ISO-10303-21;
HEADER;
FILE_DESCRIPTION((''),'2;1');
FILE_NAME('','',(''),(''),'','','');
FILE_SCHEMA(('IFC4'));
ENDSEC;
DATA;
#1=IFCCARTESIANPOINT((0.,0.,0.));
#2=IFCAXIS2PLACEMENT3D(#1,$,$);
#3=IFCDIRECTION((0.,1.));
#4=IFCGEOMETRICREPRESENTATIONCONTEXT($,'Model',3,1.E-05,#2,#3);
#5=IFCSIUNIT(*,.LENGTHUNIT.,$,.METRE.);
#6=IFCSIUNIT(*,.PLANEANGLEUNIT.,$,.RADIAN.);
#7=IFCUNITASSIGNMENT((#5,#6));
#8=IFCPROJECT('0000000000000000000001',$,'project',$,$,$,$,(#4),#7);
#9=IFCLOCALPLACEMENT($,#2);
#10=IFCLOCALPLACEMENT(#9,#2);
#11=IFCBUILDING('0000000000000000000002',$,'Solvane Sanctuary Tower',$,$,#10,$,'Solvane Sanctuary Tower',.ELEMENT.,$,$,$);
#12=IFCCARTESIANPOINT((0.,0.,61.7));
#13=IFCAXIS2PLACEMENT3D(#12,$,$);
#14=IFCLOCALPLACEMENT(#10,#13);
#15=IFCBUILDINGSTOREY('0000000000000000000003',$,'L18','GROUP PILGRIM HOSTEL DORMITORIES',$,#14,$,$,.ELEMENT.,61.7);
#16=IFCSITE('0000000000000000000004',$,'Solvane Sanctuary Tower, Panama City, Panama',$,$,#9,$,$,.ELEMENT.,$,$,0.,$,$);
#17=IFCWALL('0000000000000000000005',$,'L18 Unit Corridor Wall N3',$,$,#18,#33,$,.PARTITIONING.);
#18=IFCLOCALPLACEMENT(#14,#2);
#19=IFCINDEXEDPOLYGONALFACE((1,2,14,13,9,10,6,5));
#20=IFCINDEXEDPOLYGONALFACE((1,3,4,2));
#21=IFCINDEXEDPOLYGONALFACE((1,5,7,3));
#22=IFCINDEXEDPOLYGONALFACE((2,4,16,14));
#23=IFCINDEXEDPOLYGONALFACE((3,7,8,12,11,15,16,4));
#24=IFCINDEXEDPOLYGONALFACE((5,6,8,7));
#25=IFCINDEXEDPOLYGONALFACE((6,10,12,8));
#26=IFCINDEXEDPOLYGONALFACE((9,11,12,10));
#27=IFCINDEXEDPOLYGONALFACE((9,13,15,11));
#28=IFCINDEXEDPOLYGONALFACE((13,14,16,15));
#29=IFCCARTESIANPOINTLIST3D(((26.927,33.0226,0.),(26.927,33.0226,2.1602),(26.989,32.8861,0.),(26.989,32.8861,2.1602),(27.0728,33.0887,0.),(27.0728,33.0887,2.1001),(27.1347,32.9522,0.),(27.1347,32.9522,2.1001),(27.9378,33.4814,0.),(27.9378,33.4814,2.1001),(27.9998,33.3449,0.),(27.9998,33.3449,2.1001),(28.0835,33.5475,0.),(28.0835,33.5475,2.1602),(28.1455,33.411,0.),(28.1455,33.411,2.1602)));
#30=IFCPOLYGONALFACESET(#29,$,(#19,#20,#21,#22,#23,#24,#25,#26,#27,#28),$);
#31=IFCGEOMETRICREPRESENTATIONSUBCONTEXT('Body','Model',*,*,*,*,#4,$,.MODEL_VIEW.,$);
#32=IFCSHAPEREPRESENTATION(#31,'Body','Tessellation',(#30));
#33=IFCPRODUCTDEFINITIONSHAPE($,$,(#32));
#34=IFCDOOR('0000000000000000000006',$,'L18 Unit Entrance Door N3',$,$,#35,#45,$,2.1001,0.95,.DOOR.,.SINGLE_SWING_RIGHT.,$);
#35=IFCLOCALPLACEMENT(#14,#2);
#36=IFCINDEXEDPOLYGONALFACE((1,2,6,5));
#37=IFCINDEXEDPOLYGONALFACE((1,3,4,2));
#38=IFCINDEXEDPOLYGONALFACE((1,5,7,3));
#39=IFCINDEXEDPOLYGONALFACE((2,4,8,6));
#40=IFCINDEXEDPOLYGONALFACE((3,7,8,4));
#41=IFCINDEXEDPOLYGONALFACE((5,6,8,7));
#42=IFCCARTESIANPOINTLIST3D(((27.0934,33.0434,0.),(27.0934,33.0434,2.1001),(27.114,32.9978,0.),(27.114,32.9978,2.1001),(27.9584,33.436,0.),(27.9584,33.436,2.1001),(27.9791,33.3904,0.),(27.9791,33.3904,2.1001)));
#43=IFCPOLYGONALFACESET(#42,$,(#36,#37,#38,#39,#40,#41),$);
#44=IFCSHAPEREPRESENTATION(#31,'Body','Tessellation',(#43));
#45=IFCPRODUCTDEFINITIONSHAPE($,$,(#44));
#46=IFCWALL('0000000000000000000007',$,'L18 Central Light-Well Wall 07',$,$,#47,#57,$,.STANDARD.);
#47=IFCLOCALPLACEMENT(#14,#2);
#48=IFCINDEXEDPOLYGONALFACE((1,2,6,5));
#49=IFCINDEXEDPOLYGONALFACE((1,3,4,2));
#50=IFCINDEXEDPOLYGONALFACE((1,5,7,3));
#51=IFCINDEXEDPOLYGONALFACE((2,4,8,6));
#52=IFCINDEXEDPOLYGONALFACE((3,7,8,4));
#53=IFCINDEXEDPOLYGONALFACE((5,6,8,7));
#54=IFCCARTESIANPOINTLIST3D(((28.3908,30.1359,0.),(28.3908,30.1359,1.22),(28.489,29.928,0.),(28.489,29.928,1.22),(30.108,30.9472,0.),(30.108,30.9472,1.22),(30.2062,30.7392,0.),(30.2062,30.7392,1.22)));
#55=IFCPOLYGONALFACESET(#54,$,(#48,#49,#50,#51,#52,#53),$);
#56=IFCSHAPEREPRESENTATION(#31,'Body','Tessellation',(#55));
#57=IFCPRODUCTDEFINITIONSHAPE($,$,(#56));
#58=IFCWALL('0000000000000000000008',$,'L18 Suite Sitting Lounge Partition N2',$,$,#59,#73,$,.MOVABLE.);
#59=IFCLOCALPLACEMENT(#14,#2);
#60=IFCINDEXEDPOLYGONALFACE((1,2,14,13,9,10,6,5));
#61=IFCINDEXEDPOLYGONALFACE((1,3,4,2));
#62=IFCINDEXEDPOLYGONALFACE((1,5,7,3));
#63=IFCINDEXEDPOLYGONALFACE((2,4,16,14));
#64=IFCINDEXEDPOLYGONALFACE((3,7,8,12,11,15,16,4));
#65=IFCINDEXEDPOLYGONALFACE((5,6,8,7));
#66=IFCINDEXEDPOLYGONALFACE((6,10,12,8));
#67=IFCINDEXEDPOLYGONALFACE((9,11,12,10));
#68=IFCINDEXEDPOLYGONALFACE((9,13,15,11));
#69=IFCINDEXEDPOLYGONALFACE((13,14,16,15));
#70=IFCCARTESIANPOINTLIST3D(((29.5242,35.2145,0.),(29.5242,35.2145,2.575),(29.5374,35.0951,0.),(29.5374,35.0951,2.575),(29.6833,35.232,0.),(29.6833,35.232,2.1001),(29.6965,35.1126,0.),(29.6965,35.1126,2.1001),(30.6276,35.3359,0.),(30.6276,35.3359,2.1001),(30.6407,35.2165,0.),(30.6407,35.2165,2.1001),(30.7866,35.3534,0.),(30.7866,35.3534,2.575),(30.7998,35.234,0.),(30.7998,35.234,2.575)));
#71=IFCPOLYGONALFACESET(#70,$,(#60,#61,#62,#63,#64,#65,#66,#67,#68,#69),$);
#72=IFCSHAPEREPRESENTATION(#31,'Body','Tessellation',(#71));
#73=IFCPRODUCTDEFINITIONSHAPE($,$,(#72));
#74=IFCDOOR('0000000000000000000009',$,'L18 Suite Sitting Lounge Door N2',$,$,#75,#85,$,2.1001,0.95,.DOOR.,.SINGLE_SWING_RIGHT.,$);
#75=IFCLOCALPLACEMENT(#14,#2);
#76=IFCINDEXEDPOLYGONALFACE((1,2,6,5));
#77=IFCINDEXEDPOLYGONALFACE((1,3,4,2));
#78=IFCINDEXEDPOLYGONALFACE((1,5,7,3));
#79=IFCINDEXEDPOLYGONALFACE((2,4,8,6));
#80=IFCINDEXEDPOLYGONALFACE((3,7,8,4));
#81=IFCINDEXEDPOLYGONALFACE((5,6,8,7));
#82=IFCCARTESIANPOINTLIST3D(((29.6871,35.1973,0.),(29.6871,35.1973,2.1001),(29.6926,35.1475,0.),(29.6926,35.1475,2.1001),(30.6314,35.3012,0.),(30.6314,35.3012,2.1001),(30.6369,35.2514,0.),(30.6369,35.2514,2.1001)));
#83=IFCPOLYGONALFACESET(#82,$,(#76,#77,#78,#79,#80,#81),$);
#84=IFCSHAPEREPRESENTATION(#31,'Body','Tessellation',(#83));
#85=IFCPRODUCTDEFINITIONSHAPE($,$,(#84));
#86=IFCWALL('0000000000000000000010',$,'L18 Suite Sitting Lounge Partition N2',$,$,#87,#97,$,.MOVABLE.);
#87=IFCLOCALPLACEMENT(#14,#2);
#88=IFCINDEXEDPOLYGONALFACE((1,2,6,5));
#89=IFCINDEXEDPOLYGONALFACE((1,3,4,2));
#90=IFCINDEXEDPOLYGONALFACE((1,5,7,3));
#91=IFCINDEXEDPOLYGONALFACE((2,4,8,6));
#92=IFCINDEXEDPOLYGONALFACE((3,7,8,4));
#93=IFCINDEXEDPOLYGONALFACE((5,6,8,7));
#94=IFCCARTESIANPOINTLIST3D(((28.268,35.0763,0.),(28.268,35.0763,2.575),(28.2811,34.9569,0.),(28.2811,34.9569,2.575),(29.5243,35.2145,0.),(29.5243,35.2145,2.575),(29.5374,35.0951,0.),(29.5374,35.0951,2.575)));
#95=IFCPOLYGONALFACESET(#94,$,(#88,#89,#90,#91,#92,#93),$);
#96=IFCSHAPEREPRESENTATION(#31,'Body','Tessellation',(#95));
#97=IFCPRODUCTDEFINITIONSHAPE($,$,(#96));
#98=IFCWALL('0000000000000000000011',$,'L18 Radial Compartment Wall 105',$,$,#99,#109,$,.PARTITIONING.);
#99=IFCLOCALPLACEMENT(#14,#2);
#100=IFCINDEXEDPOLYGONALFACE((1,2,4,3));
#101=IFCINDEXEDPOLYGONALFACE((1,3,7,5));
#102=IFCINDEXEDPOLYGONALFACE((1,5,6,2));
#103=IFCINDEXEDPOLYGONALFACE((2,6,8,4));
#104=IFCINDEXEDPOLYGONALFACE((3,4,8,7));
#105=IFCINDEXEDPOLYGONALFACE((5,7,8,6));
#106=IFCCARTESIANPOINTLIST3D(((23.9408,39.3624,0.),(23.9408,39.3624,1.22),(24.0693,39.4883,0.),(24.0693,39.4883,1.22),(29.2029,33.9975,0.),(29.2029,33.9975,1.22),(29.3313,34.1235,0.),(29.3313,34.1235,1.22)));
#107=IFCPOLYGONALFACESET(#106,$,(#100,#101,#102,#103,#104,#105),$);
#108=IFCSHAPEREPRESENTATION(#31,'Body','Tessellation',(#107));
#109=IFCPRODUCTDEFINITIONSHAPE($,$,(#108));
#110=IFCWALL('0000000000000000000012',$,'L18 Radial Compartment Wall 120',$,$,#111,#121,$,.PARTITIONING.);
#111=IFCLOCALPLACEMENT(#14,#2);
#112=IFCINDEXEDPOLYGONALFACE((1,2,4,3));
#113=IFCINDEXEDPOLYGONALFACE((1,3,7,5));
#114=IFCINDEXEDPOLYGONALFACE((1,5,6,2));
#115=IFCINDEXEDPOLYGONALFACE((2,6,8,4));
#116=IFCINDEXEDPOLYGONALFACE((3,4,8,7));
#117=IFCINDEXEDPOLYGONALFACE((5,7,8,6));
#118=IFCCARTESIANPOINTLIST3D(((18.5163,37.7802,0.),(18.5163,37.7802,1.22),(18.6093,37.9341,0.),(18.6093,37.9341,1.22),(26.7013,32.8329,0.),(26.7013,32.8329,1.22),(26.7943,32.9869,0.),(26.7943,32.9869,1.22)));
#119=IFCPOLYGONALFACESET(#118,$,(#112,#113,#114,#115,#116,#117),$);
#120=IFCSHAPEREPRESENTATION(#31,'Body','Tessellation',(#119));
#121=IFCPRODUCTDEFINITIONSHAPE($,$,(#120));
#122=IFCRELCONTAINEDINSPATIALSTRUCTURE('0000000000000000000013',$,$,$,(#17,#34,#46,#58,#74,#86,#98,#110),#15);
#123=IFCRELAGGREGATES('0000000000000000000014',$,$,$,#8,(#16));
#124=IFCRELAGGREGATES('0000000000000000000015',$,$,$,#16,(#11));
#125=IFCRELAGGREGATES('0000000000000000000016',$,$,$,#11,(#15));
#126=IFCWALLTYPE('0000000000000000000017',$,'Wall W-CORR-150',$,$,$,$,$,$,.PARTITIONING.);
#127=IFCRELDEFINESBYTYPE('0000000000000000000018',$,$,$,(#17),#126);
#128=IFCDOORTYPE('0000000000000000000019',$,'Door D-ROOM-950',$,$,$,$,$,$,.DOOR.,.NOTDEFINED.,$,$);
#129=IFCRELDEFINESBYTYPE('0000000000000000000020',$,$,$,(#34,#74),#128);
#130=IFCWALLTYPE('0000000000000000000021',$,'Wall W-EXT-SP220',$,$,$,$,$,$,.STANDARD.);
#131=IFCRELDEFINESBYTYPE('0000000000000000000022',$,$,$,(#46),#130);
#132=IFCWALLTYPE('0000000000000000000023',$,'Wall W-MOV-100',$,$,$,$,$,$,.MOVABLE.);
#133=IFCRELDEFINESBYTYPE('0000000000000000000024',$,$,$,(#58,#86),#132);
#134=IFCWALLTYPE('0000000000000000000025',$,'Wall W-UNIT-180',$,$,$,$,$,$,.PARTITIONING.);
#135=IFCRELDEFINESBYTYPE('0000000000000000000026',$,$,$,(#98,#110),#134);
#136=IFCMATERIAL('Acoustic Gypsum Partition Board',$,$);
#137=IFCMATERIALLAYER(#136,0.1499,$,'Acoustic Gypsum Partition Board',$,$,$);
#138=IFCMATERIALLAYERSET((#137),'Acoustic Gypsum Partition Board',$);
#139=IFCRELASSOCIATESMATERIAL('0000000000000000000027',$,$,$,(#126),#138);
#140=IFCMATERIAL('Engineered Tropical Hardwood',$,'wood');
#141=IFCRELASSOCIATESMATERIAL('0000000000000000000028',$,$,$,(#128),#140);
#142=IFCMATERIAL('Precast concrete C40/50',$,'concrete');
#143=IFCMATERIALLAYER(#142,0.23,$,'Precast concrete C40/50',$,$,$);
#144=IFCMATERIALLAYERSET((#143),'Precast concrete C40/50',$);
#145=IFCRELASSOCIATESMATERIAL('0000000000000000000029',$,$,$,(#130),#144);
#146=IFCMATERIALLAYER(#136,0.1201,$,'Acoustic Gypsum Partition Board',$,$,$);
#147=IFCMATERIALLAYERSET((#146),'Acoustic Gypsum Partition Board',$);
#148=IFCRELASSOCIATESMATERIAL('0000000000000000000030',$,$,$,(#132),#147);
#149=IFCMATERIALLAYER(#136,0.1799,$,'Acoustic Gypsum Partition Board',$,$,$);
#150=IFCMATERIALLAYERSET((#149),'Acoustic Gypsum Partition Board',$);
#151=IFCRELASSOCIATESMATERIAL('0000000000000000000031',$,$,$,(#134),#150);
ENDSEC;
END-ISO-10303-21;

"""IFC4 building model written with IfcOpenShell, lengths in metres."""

from ifc_helpers import new_model, si_unit, direction, frame, frame_2d, origin, place, context, subcontext, project, spatial, rectangle, extrude, material, layer, layer_set, type_object, element, fill, save


model = new_model("IFC4")

# Units and contexts
model_context = context("Model", 3, precision=1e-05, world=origin(), true_north=direction((0.0, 1.0)))
body_context = subcontext(model_context, "Body", "Model", "MODEL_VIEW")
ifc_project = project(units=[si_unit("LENGTHUNIT", "METRE"), si_unit("PLANEANGLEUNIT", "RADIAN")], contexts=[model_context])

# Site, building, storey
site_placement = place(None, origin())
site = spatial("IfcSite", under=ifc_project, at=site_placement, Name="Solvane Sanctuary Tower, Panama City, Panama", CompositionType="ELEMENT", RefElevation=0.0)
building_placement = place(site_placement, origin())
building = spatial("IfcBuilding", under=site, at=building_placement, Name="Solvane Sanctuary Tower", LongName="Solvane Sanctuary Tower", CompositionType="ELEMENT")
storey_placement = place(building_placement, frame((0.0, 0.0, 61.7)))
storey = spatial("IfcBuildingStorey", under=building, at=storey_placement, Name="L18", Description="GROUP PILGRIM HOSTEL DORMITORIES", CompositionType="ELEMENT", Elevation=61.7)

# Shared definitions
ifc_material_1 = material(Name="Acoustic Gypsum Partition Board")
ifc_layer_1 = layer(ifc_material_1, 0.1499, Name="Acoustic Gypsum Partition Board")
ifc_layer_set_1 = layer_set([ifc_layer_1], Name="Acoustic Gypsum Partition Board")
wall_type_1 = type_object("IfcWallType", Name="Wall W-CORR-150", PredefinedType="PARTITIONING", material=ifc_layer_set_1)

# Shared definitions
ifc_material_2 = material(Name="Engineered Tropical Hardwood", Category="wood")
door_type = type_object("IfcDoorType", Name="Door D-ROOM-950", OperationType="NOTDEFINED", PredefinedType="DOOR", material=ifc_material_2)

# Wall, opening, door
wall_1_placement = place(storey_placement, frame((28.1145, 33.4792, 0.0), z_axis=(0.0, 0.0, 1.0), x_axis=(-0.910597, -0.413296, 0.0)))
wall_1 = element("IfcWall", 1, at=wall_1_placement, inside=storey, type_object=wall_type_1, Name="L18 Unit Corridor Wall N3", PredefinedType="PARTITIONING", context=body_context, shape_type="SweptSolid", body=[
    extrude(rectangle(XDim=1.27, YDim=0.1499, at=frame_2d((0.635, 0.0))), origin(), (0.0, 0.0, 1.0), 2.1602),
])
opening_1_placement = place(wall_1_placement, frame((0.1599, 0.0, 0.0)))
opening_1 = element("IfcOpeningElement", 2, at=opening_1_placement, cuts=wall_1, PredefinedType="OPENING", context=body_context, shape_type="SweptSolid", body=[
    extrude(rectangle(XDim=0.95, YDim=2.1001, at=frame_2d((0.4751, 1.05))), frame((0.0, 0.085, 0.0), z_axis=(0.0, -1.0, 0.0), x_axis=(1.0, 0.0, 0.0)), (0.0, 0.0, 1.0), 0.1699),
])
door_1_placement = place(opening_1_placement, origin())
door_1 = element("IfcDoor", 3, at=door_1_placement, inside=storey, type_object=door_type, Name="L18 Unit Entrance Door N3", OperationType="SINGLE_SWING_RIGHT", OverallHeight=2.1001, OverallWidth=0.95, PredefinedType="DOOR", context=body_context, shape_type="SweptSolid", body=[
    extrude(rectangle(XDim=0.95, YDim=2.1001, at=frame_2d((0.4751, 1.05))), frame((0.0, 0.0249, 0.0), z_axis=(0.0, -1.0, 0.0), x_axis=(1.0, 0.0, 0.0)), (0.0, 0.0, 1.0), 0.05),
])
fill(opening_1, door_1)

# Wall
ifc_material_3 = material(Name="Precast concrete C40/50", Category="concrete")
ifc_layer_2 = layer(ifc_material_3, 0.23, Name="Precast concrete C40/50")
ifc_layer_set_2 = layer_set([ifc_layer_2], Name="Precast concrete C40/50")
wall_type_2 = type_object("IfcWallType", Name="Wall W-EXT-SP220", PredefinedType="STANDARD", material=ifc_layer_set_2)
wall_2_placement = place(storey_placement, frame((30.1572, 30.8433, 0.0), z_axis=(0.0, 0.0, 1.0), x_axis=(-0.90418, -0.427152, 0.0)))
element("IfcWall", 4, at=wall_2_placement, inside=storey, type_object=wall_type_2, Name="L18 Central Light-Well Wall 07", PredefinedType="STANDARD", context=body_context, shape_type="SweptSolid", body=[
    extrude(rectangle(XDim=1.8992, YDim=0.23, at=frame_2d((0.9497, 0.0))), origin(), (0.0, 0.0, 1.0), 1.22),
])

# Wall, opening, door
ifc_layer_3 = layer(ifc_material_1, 0.1201, Name="Acoustic Gypsum Partition Board")
ifc_layer_set_3 = layer_set([ifc_layer_3], Name="Acoustic Gypsum Partition Board")
wall_type_3 = type_object("IfcWallType", Name="Wall W-MOV-100", PredefinedType="MOVABLE", material=ifc_layer_set_3)
wall_3_placement = place(storey_placement, frame((30.7932, 35.2937, 0.0), z_axis=(0.0, 0.0, 1.0), x_axis=(-0.994, -0.109377, 0.0)))
wall_3 = element("IfcWall", 5, at=wall_3_placement, inside=storey, type_object=wall_type_3, Name="L18 Suite Sitting Lounge Partition N2", PredefinedType="MOVABLE", context=body_context, shape_type="SweptSolid", body=[
    extrude(rectangle(XDim=1.27, YDim=0.1201, at=frame_2d((0.635, 0.0))), origin(), (0.0, 0.0, 1.0), 2.575),
])
opening_2_placement = place(wall_3_placement, frame((0.1599, 0.0, 0.0)))
opening_2 = element("IfcOpeningElement", 6, at=opening_2_placement, cuts=wall_3, PredefinedType="OPENING", context=body_context, shape_type="SweptSolid", body=[
    extrude(rectangle(XDim=0.95, YDim=2.1001, at=frame_2d((0.4751, 1.05))), frame((0.0, 0.0701, 0.0), z_axis=(0.0, -1.0, 0.0), x_axis=(1.0, 0.0, 0.0)), (0.0, 0.0, 1.0), 0.1401),
])
door_2_placement = place(opening_2_placement, origin())
door_2 = element("IfcDoor", 7, at=door_2_placement, inside=storey, type_object=door_type, Name="L18 Suite Sitting Lounge Door N2", OperationType="SINGLE_SWING_RIGHT", OverallHeight=2.1001, OverallWidth=0.95, PredefinedType="DOOR", context=body_context, shape_type="SweptSolid", body=[
    extrude(rectangle(XDim=0.95, YDim=2.1001, at=frame_2d((0.4751, 1.05))), frame((0.0, 0.0249, 0.0), z_axis=(0.0, -1.0, 0.0), x_axis=(1.0, 0.0, 0.0)), (0.0, 0.0, 1.0), 0.05),
])
fill(opening_2, door_2)

# Walls
wall_4_placement = place(storey_placement, frame((29.5308, 35.1548, 0.0), z_axis=(0.0, 0.0, 1.0), x_axis=(-0.994006, -0.109329, 0.0)))
element("IfcWall", 8, at=wall_4_placement, inside=storey, type_object=wall_type_3, Name="L18 Suite Sitting Lounge Partition N2", PredefinedType="MOVABLE", context=body_context, shape_type="SweptSolid", body=[
    extrude(rectangle(XDim=1.2639, YDim=0.1201, at=frame_2d((0.6318, 0.0))), origin(), (0.0, 0.0, 1.0), 2.575),
])
ifc_layer_4 = layer(ifc_material_1, 0.1799, Name="Acoustic Gypsum Partition Board")
ifc_layer_set_4 = layer_set([ifc_layer_4], Name="Acoustic Gypsum Partition Board")
wall_type_4 = type_object("IfcWallType", Name="Wall W-UNIT-180", PredefinedType="PARTITIONING", material=ifc_layer_set_4)
wall_5_placement = place(storey_placement, frame((29.2671, 34.0605, 0.0), z_axis=(0.0, 0.0, 1.0), x_axis=(-0.700235, 0.713913, 0.0)))
element("IfcWall", 9, at=wall_5_placement, inside=storey, type_object=wall_type_4, Name="L18 Radial Compartment Wall 105", PredefinedType="PARTITIONING", context=body_context, shape_type="SweptSolid", body=[
    extrude(rectangle(XDim=7.5146, YDim=0.1799, at=frame_2d((3.7573, 0.0))), origin(), (0.0, 0.0, 1.0), 1.22),
])
wall_6_placement = place(storey_placement, frame((26.7478, 32.9099, 0.0), z_axis=(0.0, 0.0, 1.0), x_axis=(-0.855817, 0.517278, 0.0)))
element("IfcWall", 10, at=wall_6_placement, inside=storey, type_object=wall_type_4, Name="L18 Radial Compartment Wall 120", PredefinedType="PARTITIONING", context=body_context, shape_type="SweptSolid", body=[
    extrude(rectangle(XDim=9.564, YDim=0.1799, at=frame_2d((4.782, 0.0))), origin(), (0.0, 0.0, 1.0), 1.22),
])

save(model, "model.ifc")
